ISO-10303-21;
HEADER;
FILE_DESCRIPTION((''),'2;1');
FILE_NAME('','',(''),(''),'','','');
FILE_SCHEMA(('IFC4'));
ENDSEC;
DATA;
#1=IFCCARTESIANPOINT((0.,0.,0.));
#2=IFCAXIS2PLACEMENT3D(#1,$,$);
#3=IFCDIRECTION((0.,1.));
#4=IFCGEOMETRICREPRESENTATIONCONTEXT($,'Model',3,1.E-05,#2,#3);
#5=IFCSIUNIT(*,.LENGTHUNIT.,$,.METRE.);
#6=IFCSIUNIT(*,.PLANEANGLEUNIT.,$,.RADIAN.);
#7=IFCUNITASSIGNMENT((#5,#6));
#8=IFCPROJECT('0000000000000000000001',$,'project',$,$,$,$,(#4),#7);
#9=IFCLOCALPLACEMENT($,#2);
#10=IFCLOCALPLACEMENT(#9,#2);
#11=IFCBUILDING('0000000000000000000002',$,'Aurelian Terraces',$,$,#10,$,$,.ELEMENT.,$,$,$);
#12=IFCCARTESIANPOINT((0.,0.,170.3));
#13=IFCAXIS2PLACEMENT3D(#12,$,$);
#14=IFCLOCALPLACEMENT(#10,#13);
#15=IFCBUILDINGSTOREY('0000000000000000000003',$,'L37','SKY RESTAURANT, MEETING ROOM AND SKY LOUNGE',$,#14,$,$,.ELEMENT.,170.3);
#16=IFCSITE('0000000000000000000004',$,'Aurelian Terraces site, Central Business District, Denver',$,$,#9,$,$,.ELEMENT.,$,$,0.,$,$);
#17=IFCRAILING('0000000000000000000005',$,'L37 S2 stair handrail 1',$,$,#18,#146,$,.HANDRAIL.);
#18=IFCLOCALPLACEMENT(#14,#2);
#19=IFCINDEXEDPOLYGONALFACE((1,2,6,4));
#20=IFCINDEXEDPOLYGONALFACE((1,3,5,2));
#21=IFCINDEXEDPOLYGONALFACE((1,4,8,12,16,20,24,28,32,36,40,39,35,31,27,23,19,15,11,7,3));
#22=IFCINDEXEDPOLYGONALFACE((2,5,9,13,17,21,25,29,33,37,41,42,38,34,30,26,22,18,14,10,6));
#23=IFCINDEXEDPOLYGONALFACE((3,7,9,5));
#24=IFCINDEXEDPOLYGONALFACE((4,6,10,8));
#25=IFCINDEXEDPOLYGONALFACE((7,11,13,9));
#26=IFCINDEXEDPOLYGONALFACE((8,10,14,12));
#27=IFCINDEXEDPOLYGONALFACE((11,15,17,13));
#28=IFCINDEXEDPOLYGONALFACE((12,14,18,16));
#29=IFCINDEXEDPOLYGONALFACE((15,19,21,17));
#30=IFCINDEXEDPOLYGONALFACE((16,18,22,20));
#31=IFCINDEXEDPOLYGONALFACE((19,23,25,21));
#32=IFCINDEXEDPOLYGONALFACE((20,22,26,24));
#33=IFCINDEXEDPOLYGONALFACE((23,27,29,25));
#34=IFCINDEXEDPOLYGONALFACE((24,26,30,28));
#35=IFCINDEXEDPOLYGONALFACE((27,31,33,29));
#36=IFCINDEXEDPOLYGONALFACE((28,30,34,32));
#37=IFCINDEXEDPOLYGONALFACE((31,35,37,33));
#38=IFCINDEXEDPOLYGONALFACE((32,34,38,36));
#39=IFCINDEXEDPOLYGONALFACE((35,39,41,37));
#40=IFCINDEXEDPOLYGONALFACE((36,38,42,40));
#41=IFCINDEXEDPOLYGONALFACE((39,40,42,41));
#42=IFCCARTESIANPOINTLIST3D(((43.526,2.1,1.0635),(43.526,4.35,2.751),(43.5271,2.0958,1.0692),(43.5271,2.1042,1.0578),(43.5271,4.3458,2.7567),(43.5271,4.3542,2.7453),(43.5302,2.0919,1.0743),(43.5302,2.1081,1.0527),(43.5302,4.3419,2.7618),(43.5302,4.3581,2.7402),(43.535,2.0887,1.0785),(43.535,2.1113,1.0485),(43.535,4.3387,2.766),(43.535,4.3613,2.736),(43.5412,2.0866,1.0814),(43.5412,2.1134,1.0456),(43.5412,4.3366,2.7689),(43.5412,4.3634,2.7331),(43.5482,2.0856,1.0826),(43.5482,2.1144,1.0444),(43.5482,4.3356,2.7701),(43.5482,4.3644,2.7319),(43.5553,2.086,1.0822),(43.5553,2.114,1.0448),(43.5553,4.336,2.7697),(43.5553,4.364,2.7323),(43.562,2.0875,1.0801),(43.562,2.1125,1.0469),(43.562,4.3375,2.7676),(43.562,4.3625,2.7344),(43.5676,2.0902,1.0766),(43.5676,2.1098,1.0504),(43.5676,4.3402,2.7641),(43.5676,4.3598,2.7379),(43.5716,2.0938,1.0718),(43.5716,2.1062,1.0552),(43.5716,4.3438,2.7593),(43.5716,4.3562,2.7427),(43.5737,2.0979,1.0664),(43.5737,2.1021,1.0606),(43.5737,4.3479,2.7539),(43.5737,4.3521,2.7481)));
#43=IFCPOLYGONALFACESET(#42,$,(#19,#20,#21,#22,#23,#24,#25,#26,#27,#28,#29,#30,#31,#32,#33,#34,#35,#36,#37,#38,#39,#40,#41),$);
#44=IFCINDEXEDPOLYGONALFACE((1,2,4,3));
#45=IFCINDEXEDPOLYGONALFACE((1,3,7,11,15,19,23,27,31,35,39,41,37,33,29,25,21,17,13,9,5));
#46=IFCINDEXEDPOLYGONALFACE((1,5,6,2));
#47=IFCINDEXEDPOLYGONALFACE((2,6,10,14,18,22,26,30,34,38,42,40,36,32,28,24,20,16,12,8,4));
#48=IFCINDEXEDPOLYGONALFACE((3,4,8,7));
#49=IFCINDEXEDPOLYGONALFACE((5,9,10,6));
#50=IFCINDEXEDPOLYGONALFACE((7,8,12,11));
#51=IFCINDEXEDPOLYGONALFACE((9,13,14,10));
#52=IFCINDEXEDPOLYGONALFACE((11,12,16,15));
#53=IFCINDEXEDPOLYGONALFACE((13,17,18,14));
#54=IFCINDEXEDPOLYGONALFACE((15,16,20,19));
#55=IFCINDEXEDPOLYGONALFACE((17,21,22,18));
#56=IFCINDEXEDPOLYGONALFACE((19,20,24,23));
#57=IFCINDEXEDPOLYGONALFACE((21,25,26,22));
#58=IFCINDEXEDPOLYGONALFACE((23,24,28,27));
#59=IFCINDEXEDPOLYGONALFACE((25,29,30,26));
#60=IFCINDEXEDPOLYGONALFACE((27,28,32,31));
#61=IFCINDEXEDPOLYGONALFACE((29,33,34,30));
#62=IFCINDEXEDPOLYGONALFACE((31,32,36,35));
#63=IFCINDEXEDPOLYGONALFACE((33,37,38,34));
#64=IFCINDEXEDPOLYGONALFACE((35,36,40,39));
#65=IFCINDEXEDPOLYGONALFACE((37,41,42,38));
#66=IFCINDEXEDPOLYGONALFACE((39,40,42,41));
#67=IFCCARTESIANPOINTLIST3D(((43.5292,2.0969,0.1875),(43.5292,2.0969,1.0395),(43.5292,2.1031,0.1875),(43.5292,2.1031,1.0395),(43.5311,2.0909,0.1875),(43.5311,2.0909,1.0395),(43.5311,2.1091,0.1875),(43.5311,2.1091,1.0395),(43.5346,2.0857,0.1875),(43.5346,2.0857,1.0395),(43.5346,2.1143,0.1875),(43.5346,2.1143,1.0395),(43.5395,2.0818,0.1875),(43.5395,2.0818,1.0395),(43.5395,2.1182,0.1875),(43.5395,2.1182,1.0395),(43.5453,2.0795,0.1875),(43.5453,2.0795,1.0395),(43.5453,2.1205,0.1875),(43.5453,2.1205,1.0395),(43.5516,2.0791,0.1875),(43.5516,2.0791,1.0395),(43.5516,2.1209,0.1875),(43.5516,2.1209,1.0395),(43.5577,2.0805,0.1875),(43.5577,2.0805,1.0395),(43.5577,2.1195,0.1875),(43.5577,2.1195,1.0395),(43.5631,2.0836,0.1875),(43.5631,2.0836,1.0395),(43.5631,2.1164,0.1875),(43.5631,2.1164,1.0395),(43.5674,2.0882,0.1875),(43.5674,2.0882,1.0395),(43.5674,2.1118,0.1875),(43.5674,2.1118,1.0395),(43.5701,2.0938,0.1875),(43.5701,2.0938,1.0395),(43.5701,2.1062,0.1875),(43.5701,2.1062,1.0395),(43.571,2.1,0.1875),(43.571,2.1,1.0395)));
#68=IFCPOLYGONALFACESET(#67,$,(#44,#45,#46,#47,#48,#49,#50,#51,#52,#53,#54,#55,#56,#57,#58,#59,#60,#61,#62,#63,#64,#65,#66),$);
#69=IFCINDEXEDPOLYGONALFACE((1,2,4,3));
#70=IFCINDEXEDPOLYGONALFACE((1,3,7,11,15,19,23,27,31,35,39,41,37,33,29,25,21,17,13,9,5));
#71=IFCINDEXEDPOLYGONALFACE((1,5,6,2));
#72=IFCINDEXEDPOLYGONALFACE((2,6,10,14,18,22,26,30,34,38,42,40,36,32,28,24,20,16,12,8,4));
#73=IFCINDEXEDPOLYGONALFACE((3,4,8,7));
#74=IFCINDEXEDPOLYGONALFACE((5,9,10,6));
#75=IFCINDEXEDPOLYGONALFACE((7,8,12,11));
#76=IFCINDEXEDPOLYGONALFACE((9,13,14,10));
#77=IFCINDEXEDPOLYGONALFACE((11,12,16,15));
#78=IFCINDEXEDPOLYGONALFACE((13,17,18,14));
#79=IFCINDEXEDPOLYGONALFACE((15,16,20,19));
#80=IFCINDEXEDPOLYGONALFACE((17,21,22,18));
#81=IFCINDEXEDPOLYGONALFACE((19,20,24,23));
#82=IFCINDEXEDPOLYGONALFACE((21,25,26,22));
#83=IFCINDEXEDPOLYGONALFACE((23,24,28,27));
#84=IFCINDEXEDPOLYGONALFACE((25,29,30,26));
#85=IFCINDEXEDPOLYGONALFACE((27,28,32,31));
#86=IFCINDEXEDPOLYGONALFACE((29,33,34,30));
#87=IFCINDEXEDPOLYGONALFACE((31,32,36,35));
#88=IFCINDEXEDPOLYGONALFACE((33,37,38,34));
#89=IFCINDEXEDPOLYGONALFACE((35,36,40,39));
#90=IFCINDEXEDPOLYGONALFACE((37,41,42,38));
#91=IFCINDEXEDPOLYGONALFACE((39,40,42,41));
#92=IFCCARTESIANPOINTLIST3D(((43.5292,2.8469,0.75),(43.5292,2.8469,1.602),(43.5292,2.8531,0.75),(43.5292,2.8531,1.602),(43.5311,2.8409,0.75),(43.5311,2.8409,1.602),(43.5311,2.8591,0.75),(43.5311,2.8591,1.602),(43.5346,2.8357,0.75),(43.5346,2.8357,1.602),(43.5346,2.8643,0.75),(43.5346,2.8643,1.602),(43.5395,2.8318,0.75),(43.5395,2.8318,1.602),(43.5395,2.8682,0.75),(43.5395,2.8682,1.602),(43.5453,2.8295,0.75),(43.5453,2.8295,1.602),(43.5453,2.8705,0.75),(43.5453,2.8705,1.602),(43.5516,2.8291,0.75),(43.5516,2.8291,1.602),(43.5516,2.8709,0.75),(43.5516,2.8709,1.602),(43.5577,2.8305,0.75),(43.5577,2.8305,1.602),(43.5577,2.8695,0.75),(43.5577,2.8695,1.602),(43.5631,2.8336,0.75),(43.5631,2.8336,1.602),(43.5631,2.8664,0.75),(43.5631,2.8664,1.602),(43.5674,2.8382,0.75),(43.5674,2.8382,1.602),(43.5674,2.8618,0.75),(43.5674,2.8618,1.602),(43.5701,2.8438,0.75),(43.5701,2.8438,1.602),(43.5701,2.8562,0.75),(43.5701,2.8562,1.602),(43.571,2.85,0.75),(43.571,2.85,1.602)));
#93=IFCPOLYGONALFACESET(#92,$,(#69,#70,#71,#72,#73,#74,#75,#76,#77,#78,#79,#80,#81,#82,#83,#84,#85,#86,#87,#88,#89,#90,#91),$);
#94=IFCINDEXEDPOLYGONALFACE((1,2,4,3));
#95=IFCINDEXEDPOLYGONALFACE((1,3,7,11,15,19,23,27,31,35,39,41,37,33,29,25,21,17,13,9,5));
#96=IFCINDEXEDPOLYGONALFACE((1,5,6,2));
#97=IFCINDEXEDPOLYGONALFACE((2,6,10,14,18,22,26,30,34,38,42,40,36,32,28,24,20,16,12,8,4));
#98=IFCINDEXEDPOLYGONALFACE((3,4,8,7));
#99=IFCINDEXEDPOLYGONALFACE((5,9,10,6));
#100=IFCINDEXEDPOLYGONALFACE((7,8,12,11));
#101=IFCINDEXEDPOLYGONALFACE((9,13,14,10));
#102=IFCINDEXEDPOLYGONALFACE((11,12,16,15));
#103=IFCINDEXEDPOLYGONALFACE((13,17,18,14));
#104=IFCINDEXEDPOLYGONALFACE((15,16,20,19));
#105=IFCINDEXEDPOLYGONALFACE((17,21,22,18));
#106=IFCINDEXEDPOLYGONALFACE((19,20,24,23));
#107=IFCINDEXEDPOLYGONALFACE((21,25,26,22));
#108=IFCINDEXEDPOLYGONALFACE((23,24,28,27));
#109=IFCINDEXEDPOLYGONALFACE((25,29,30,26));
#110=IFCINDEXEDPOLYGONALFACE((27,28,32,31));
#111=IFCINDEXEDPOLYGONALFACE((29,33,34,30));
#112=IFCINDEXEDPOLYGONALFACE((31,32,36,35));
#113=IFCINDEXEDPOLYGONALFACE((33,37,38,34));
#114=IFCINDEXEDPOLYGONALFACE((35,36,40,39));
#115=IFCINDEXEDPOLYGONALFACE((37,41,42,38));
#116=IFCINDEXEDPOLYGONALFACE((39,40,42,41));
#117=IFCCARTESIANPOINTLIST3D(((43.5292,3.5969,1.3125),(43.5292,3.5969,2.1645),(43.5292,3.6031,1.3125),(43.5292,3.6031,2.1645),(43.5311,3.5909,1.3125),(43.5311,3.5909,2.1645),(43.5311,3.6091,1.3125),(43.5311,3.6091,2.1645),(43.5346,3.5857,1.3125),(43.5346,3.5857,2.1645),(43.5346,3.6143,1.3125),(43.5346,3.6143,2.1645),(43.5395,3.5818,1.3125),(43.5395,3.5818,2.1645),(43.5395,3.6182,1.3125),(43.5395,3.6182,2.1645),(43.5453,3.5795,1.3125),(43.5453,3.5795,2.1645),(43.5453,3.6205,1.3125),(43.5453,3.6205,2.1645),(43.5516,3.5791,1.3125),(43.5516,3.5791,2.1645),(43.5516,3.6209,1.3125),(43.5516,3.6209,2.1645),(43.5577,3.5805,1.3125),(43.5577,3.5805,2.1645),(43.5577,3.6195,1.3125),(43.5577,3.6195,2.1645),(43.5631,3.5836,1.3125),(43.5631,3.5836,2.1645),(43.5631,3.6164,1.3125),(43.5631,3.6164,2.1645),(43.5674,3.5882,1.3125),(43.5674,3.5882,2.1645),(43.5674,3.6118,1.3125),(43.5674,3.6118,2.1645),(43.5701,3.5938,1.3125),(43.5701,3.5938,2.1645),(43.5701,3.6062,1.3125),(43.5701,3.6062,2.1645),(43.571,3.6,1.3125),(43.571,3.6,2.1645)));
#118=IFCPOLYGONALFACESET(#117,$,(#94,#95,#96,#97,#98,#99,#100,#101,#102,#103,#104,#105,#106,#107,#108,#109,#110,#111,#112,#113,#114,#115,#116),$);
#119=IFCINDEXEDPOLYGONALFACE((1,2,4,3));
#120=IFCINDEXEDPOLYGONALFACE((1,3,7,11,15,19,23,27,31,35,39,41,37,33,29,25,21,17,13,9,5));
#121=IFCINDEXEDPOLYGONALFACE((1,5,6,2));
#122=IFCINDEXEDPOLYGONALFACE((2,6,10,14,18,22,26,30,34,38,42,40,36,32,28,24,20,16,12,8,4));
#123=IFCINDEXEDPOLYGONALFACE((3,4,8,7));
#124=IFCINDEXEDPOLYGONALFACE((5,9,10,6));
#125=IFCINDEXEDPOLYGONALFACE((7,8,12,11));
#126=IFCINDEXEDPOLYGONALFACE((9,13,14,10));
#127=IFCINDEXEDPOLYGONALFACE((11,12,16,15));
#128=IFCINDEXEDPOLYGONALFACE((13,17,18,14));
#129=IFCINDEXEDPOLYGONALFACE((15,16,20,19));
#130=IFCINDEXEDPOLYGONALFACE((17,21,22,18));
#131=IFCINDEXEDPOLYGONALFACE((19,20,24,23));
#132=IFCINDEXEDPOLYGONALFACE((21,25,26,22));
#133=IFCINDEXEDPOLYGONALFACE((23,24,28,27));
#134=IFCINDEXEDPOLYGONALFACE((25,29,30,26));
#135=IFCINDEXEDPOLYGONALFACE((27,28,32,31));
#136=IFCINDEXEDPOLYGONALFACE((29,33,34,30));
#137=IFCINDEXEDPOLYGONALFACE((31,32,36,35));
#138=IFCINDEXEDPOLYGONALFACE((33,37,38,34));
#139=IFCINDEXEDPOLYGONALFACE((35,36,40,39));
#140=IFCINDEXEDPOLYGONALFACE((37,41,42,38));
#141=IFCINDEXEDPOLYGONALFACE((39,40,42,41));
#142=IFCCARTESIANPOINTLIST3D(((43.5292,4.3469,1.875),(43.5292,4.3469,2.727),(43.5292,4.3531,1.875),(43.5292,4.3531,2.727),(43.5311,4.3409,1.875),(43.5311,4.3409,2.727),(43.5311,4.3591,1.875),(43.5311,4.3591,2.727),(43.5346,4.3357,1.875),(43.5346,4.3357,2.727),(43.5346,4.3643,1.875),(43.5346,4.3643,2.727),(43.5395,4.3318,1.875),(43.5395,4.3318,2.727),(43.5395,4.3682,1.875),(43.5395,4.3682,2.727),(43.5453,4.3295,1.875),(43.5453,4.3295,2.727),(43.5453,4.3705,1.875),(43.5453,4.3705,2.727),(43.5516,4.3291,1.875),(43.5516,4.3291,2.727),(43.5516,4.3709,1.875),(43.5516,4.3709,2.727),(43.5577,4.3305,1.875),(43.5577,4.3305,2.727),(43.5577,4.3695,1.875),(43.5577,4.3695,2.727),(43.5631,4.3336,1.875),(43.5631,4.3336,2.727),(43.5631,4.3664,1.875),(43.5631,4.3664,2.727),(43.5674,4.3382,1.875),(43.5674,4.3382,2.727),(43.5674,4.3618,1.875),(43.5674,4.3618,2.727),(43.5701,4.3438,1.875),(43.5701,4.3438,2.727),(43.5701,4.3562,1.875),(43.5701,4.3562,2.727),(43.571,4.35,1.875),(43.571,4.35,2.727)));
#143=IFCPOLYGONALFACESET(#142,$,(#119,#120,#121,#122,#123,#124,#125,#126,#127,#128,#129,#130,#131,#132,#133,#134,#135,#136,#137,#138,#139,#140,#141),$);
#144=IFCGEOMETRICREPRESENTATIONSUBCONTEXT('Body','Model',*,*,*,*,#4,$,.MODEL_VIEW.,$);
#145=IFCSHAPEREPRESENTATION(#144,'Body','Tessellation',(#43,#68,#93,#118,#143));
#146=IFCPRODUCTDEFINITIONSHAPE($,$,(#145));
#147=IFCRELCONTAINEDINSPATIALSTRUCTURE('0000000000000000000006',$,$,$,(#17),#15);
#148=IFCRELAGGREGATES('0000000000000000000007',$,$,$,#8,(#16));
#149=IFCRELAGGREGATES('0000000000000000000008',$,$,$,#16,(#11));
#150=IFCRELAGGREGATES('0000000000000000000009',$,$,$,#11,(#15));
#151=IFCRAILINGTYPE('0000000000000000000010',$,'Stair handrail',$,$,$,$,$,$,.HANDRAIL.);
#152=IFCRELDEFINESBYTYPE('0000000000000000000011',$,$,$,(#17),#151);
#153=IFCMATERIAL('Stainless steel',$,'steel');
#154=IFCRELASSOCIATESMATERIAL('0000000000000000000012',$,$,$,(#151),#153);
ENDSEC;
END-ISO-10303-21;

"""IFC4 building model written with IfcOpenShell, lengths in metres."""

from ifc_helpers import new_model, si_unit, direction, frame, origin, origin_2d, place, context, subcontext, project, spatial, circle, extrude, source, transform, mapped, material, type_object, element, save


model = new_model("IFC4")

# Units and contexts
model_context = context("Model", 3, precision=1e-05, world=origin(), true_north=direction((0.0, 1.0)))
body_context = subcontext(model_context, "Body", "Model", "MODEL_VIEW")
ifc_project = project(units=[si_unit("LENGTHUNIT", "METRE"), si_unit("PLANEANGLEUNIT", "RADIAN")], contexts=[model_context])

# Site, building, storey
site_placement = place(None, origin())
site = spatial("IfcSite", under=ifc_project, at=site_placement, Name="Aurelian Terraces site, Central Business District, Denver", CompositionType="ELEMENT", RefElevation=0.0)
building_placement = place(site_placement, origin())
building = spatial("IfcBuilding", under=site, at=building_placement, Name="Aurelian Terraces", CompositionType="ELEMENT")
storey_placement = place(building_placement, frame((0.0, 0.0, 170.3)))
storey = spatial("IfcBuildingStorey", under=building, at=storey_placement, Name="L37", Description="SKY RESTAURANT, MEETING ROOM AND SKY LOUNGE", CompositionType="ELEMENT", Elevation=170.3)

# Railing
ifc_material_1 = material(Name="Stainless steel", Category="steel")
railing_type_1 = type_object("IfcRailingType", Name="Stair handrail", PredefinedType="HANDRAIL", material=ifc_material_1)
shared_shape_1 = source(origin(), body_context, "Body", "SweptSolid", [
    extrude(circle(Radius=0.024, at=origin_2d()), frame((0.0, 0.0, 0.876), z_axis=(0.0, 0.8, 0.6), x_axis=(-1.0, 0.0, 0.0)), (0.0, 0.0, 1.0), 2.8125),
    extrude(circle(Radius=0.021, at=origin_2d()), origin(), (0.0, 0.0, 1.0), 0.852),
    extrude(circle(Radius=0.021, at=origin_2d()), frame((0.0, 0.75, 0.5625)), (0.0, 0.0, 1.0), 0.852),
    extrude(circle(Radius=0.021, at=origin_2d()), frame((0.0, 1.5, 1.125)), (0.0, 0.0, 1.0), 0.852),
    extrude(circle(Radius=0.021, at=origin_2d()), frame((0.0, 2.25, 1.6875)), (0.0, 0.0, 1.0), 0.852),
])
for number, where, name in (
    (1, (43.55, 2.1, 0.1875), "L37 S2 stair handrail 1"),
):
    element("IfcRailing", number, at=place(storey_placement, frame(where)), inside=storey, type_object=railing_type_1, Name=name, PredefinedType="HANDRAIL", context=body_context, shape_type="MappedRepresentation", body=[
        mapped(shared_shape_1, transform((0.0, 0.0, 0.0), scale=1.0)),
    ])

save(model, "model.ifc")
